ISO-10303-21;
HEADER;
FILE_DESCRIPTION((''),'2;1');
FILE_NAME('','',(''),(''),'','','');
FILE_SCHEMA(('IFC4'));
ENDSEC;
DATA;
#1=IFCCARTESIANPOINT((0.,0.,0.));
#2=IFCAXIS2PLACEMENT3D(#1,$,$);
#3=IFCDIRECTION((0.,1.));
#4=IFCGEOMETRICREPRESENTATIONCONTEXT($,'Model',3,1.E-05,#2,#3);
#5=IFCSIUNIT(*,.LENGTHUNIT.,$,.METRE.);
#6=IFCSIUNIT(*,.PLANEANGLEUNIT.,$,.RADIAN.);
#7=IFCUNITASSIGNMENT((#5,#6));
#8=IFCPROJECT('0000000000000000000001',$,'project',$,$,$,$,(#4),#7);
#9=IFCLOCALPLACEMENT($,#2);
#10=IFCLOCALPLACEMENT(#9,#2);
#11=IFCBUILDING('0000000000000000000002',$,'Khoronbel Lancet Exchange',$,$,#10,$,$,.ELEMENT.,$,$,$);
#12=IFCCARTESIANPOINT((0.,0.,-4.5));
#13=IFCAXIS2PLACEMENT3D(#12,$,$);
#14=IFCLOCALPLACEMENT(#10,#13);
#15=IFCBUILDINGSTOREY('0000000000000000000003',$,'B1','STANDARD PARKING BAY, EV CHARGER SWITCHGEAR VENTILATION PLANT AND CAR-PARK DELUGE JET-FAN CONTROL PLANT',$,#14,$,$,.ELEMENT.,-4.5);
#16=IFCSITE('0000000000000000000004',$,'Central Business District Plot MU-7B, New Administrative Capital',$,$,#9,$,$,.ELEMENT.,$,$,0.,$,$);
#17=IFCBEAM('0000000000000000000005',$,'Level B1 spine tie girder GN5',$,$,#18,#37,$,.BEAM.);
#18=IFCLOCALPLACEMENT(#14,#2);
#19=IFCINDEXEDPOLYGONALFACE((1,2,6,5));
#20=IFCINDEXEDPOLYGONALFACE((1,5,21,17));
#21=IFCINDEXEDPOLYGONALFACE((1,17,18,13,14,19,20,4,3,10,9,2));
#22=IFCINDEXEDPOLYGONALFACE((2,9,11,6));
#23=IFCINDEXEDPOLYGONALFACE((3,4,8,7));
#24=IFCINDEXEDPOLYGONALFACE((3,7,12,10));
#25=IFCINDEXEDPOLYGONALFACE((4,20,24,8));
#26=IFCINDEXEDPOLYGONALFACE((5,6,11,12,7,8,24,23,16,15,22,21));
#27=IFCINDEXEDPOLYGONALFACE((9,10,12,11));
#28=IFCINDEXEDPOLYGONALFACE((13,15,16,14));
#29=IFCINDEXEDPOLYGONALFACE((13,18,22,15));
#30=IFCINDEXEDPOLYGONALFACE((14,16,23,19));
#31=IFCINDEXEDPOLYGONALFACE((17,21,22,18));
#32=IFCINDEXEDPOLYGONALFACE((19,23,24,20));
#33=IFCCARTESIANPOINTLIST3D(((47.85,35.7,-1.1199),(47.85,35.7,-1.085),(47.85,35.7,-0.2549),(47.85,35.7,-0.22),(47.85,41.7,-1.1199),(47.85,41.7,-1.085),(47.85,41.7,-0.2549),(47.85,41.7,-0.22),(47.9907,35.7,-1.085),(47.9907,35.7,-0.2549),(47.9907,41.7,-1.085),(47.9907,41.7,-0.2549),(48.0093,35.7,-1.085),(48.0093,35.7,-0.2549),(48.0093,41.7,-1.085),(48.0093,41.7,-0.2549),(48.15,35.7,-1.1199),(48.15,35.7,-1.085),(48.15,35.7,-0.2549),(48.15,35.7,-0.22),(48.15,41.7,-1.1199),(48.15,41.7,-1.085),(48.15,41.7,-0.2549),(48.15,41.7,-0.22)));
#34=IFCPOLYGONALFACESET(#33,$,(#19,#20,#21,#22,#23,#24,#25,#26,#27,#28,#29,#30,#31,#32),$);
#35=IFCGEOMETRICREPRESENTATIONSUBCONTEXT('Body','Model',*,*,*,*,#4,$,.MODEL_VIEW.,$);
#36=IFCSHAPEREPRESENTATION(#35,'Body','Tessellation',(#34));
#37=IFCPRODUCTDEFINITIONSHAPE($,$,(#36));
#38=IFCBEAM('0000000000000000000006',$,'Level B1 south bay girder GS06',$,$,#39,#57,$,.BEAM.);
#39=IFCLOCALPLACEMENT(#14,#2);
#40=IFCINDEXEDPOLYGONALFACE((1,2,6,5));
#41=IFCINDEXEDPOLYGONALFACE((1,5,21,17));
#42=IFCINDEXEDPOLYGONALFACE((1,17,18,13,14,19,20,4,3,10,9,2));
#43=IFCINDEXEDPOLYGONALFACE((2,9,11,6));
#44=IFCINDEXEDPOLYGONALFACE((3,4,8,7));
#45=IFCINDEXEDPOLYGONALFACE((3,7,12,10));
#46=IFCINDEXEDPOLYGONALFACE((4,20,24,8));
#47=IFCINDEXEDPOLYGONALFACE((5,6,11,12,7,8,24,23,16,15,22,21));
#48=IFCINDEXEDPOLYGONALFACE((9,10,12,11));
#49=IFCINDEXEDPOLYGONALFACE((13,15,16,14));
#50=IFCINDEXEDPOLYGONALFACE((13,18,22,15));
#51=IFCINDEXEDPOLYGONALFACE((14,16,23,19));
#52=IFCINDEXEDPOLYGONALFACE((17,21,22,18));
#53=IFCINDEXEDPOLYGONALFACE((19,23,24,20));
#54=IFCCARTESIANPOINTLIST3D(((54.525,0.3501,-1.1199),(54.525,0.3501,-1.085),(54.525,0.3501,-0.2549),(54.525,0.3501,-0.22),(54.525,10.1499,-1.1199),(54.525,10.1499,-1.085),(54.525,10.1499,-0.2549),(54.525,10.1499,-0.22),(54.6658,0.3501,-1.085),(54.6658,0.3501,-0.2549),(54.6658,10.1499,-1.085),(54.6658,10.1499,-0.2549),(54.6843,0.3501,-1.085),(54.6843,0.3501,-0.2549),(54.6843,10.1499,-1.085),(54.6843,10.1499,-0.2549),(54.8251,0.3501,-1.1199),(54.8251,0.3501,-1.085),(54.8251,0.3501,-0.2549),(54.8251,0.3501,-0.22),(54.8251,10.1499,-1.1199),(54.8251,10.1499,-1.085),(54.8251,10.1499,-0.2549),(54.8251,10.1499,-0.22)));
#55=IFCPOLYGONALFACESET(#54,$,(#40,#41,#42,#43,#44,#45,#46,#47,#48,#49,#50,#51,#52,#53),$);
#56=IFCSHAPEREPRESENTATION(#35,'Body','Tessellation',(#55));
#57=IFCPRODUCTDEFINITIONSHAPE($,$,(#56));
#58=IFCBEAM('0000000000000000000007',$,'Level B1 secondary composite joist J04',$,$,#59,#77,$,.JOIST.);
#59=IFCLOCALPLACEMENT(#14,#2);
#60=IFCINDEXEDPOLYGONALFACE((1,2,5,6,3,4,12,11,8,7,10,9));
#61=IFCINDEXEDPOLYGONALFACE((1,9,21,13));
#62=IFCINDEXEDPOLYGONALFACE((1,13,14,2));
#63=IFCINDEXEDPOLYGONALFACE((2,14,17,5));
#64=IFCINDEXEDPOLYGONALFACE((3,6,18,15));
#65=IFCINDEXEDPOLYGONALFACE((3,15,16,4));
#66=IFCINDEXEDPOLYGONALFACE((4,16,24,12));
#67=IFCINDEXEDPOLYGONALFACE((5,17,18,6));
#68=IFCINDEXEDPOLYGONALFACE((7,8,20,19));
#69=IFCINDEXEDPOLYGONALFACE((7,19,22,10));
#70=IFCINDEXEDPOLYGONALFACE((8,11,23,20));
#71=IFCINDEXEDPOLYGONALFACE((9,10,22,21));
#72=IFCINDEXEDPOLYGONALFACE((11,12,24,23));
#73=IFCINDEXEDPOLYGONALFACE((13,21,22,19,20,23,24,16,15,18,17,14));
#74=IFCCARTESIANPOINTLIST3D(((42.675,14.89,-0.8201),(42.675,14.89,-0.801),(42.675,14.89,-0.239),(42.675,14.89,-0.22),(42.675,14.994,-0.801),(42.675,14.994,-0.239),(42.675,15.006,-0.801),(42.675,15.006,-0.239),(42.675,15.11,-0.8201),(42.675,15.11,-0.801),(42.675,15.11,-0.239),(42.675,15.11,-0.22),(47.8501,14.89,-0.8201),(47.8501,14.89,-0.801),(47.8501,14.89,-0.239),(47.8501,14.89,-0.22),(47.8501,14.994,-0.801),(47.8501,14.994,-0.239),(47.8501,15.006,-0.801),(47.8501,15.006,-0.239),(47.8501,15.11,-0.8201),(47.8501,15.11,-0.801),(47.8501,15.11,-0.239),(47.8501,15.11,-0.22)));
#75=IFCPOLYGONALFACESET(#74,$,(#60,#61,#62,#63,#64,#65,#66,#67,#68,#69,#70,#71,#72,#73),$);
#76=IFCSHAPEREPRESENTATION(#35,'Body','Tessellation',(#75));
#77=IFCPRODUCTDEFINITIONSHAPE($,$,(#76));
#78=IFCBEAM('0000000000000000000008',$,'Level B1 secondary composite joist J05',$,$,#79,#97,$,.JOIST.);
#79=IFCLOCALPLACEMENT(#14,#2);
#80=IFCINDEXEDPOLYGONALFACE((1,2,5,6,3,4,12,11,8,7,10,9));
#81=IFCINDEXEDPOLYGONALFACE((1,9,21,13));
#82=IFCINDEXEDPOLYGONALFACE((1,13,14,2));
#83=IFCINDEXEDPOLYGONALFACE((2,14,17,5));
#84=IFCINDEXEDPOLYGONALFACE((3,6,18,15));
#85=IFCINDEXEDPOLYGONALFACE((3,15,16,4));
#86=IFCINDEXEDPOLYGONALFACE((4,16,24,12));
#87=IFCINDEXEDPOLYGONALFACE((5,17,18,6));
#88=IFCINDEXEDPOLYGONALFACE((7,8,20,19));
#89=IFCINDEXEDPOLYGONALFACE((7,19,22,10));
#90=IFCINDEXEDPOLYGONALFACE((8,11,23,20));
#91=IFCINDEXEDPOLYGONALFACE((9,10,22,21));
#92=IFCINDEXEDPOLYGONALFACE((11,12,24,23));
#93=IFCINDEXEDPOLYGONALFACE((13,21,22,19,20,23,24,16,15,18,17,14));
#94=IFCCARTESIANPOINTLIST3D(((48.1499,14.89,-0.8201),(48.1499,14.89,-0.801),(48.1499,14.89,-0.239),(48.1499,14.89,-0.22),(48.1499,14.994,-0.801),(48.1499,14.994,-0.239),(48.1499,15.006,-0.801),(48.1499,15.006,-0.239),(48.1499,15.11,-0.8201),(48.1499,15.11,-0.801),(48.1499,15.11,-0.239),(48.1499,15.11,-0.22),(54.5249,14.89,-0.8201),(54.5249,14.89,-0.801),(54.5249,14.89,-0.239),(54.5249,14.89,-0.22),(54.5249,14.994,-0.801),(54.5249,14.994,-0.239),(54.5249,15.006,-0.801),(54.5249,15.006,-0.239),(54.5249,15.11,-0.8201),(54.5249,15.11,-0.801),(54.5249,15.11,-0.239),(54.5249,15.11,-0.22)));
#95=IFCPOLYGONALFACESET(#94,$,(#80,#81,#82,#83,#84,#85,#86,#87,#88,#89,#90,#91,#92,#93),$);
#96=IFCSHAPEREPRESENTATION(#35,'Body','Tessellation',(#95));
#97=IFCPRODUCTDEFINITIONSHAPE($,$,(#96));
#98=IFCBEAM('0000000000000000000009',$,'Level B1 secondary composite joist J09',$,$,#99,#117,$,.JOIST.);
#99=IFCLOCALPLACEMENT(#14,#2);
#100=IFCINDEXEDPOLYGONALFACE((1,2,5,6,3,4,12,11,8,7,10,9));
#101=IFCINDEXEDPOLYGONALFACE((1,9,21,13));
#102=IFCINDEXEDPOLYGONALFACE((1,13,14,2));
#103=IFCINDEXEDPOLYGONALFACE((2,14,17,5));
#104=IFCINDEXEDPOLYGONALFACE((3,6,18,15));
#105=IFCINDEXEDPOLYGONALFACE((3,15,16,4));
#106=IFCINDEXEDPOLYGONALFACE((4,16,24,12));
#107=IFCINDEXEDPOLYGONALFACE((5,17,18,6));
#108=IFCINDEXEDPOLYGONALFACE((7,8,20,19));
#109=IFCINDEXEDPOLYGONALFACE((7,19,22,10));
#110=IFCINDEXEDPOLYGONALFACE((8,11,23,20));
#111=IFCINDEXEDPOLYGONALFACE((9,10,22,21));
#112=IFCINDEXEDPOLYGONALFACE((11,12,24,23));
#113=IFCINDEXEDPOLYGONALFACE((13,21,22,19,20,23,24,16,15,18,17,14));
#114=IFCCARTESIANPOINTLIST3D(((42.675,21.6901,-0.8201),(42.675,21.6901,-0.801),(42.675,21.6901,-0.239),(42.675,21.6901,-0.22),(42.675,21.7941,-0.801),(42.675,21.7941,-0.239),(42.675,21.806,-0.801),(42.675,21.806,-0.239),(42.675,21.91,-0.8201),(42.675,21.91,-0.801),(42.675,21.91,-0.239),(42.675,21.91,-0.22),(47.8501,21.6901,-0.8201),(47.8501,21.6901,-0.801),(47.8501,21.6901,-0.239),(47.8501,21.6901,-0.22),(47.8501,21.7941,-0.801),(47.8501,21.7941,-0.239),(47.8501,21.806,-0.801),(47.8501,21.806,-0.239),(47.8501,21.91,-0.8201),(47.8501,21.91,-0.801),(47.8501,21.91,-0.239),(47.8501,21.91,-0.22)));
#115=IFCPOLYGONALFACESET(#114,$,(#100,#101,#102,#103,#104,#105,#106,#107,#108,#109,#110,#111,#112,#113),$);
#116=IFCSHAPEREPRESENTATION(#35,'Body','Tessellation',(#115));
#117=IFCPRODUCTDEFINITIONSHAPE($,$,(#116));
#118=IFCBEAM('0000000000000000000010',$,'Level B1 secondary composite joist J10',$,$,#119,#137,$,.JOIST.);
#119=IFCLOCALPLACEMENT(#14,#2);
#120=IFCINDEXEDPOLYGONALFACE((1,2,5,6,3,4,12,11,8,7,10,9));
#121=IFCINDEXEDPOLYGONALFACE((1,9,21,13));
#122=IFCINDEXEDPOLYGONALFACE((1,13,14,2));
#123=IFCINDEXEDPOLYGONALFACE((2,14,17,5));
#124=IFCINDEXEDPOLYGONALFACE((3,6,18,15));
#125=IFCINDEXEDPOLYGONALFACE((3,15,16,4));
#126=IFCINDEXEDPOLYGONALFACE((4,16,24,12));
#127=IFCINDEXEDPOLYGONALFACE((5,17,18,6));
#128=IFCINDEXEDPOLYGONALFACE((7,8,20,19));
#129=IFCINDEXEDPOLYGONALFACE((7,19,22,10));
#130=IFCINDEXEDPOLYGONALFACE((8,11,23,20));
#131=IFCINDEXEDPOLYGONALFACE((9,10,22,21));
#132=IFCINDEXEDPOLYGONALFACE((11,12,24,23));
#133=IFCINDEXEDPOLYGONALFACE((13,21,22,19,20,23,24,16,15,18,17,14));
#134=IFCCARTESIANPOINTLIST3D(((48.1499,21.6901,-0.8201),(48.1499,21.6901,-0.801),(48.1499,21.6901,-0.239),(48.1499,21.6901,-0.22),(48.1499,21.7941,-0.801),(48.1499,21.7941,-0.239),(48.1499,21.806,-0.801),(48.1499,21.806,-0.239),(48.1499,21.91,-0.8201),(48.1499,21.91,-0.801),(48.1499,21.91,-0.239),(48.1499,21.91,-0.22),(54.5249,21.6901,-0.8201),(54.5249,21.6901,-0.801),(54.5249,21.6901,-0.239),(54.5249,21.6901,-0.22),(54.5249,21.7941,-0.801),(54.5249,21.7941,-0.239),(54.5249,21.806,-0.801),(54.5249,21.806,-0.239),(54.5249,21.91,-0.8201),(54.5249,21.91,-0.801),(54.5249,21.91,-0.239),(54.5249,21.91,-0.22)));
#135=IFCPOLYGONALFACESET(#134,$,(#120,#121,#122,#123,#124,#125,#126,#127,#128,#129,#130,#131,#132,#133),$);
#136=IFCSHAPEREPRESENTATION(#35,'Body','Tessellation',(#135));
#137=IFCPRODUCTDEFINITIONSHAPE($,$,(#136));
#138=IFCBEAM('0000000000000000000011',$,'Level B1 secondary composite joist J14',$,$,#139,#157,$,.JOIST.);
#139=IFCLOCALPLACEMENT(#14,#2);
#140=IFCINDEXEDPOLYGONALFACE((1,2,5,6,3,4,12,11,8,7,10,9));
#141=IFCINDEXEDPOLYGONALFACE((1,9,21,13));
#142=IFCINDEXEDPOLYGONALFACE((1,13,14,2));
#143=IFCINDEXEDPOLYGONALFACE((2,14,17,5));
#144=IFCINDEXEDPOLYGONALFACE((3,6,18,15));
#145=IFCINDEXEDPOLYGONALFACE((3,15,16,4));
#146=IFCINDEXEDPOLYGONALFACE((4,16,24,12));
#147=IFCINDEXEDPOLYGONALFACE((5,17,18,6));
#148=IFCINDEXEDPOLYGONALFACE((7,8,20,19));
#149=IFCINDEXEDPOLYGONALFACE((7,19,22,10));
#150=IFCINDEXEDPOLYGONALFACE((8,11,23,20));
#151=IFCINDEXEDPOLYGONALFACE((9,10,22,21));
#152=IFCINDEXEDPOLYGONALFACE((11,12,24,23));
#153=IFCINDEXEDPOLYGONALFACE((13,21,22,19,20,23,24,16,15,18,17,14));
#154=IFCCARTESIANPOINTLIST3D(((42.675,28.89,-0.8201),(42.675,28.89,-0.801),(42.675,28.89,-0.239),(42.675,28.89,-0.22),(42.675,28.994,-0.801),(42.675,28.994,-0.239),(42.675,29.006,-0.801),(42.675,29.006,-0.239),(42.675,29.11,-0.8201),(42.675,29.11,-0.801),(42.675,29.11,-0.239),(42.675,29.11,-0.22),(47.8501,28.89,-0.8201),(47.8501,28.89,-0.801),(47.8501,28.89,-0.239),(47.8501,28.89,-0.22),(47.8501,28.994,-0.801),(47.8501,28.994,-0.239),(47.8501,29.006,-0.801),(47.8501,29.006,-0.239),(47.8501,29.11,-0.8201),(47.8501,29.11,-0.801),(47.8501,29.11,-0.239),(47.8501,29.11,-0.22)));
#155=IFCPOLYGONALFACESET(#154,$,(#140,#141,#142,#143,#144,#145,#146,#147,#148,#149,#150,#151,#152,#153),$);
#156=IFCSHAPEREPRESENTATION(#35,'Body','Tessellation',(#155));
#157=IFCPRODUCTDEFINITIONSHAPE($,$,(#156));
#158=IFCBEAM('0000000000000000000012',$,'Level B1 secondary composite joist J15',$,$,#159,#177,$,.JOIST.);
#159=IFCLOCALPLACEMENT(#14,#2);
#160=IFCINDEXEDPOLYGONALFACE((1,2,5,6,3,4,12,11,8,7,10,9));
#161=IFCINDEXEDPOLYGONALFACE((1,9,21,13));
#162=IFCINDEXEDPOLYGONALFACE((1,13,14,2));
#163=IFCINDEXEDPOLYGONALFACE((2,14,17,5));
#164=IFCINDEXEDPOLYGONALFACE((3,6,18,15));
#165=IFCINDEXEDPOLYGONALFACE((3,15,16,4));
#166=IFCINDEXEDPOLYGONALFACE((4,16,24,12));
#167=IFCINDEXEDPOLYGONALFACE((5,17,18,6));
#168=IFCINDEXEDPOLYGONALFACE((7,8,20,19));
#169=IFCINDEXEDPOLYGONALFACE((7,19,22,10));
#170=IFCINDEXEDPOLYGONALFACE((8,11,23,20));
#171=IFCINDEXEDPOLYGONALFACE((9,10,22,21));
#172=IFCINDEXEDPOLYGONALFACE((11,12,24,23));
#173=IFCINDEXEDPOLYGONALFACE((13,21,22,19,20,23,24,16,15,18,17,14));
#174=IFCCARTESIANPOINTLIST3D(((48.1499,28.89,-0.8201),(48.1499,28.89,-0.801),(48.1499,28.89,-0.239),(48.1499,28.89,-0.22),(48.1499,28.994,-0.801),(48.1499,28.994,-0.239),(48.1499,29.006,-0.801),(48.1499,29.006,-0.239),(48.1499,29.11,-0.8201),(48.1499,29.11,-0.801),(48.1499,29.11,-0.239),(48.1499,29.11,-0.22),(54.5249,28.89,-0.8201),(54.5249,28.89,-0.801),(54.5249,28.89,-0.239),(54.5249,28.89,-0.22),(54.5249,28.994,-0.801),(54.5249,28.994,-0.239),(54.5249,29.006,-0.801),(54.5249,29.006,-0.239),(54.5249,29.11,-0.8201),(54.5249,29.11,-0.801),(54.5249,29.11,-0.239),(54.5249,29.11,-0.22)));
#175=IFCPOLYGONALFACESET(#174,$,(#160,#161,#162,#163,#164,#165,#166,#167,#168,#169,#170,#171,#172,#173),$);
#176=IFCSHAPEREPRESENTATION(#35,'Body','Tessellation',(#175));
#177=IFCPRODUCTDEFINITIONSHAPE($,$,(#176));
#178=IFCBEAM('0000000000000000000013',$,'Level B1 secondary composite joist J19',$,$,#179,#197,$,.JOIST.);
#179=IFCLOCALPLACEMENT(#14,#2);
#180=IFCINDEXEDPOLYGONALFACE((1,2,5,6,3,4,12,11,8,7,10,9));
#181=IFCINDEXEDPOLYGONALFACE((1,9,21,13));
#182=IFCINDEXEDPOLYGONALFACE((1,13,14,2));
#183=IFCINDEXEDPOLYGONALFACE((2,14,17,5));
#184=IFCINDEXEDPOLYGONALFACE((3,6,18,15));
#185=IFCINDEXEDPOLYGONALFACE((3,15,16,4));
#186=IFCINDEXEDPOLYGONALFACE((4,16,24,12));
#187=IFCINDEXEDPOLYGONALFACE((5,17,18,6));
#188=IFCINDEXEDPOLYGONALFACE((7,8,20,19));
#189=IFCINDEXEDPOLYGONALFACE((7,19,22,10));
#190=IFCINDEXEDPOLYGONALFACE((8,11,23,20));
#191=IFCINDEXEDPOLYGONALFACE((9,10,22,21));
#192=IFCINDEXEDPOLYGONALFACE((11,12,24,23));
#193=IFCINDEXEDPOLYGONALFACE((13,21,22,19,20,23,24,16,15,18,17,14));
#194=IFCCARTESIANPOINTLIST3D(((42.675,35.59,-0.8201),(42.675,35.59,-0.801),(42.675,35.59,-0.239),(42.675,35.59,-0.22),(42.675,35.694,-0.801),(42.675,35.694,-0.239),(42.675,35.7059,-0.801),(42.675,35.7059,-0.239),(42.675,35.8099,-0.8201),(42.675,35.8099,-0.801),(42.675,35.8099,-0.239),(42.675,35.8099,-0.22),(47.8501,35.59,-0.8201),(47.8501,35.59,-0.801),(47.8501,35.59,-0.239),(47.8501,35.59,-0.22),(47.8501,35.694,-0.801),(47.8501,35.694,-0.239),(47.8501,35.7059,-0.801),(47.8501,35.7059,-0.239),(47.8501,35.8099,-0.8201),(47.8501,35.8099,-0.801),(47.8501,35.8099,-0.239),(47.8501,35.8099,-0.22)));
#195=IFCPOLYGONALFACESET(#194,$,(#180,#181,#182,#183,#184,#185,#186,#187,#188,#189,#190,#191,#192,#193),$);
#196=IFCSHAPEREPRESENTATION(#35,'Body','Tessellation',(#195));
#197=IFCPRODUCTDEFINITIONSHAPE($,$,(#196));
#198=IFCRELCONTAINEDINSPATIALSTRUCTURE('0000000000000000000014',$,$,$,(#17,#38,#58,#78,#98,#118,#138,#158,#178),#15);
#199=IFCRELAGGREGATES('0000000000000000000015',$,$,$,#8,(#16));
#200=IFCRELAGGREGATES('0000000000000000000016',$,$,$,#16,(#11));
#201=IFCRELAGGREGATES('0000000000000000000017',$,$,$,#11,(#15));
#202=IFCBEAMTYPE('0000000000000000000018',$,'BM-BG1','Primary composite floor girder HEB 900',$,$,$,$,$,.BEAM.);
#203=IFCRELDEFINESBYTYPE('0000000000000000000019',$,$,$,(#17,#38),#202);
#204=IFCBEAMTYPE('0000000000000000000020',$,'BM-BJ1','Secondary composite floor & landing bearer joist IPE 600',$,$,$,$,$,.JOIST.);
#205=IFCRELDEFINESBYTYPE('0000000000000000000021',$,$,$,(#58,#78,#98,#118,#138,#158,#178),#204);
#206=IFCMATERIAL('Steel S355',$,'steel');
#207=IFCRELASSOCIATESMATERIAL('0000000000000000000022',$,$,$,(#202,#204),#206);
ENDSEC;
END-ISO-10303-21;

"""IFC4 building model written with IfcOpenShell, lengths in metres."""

from ifc_helpers import new_model, si_unit, direction, frame, origin, origin_2d, place, context, subcontext, project, spatial, i_section, extrude, material, material_profile, profile_set, type_object, element, save


model = new_model("IFC4")

# Units and contexts
model_context = context("Model", 3, precision=1e-05, world=origin(), true_north=direction((0.0, 1.0)))
body_context = subcontext(model_context, "Body", "Model", "MODEL_VIEW")
ifc_project = project(units=[si_unit("LENGTHUNIT", "METRE"), si_unit("PLANEANGLEUNIT", "RADIAN")], contexts=[model_context])

# Site, building, storey
site_placement = place(None, origin())
site = spatial("IfcSite", under=ifc_project, at=site_placement, Name="Central Business District Plot MU-7B, New Administrative Capital", CompositionType="ELEMENT", RefElevation=0.0)
building_placement = place(site_placement, origin())
building = spatial("IfcBuilding", under=site, at=building_placement, Name="Khoronbel Lancet Exchange", CompositionType="ELEMENT")
storey_placement = place(building_placement, frame((0.0, 0.0, -4.5)))
storey = spatial("IfcBuildingStorey", under=building, at=storey_placement, Name="B1", Description="STANDARD PARKING BAY, EV CHARGER SWITCHGEAR VENTILATION PLANT AND CAR-PARK DELUGE JET-FAN CONTROL PLANT", CompositionType="ELEMENT", Elevation=-4.5)

# Beams
ifc_material_1 = material(Name="Steel S355", Category="steel")
ifc_material_profile_1 = material_profile(ifc_material_1, i_section(OverallWidth=0.3, OverallDepth=0.8999, WebThickness=0.0186, FlangeThickness=0.0349, at=origin_2d()), Name="HEB 900")
ifc_profile_set_1 = profile_set([ifc_material_profile_1], Name="Steel S355")
beam_type_1 = type_object("IfcBeamType", Name="BM-BG1", Description="Primary composite floor girder HEB 900", PredefinedType="BEAM", material=ifc_profile_set_1)
beam_1_placement = place(storey_placement, frame((48.0, 35.7, -0.6699), z_axis=(0.0, 1.0, 0.0), x_axis=(-1.0, 0.0, 0.0)))
element("IfcBeam", 1, at=beam_1_placement, inside=storey, type_object=beam_type_1, Name="Level B1 spine tie girder GN5", PredefinedType="BEAM", context=body_context, shape_type="SweptSolid", body=[
    extrude(i_section(OverallWidth=0.3, OverallDepth=0.8999, WebThickness=0.0186, FlangeThickness=0.0349, at=origin_2d()), origin(), (0.0, 0.0, 1.0), 6.0),
])
beam_2_placement = place(storey_placement, frame((54.675, 0.3501, -0.6699), z_axis=(0.0, 1.0, 0.0), x_axis=(-1.0, 0.0, 0.0)))
element("IfcBeam", 2, at=beam_2_placement, inside=storey, type_object=beam_type_1, Name="Level B1 south bay girder GS06", PredefinedType="BEAM", context=body_context, shape_type="SweptSolid", body=[
    extrude(i_section(OverallWidth=0.3, OverallDepth=0.8999, WebThickness=0.0186, FlangeThickness=0.0349, at=origin_2d()), origin(), (0.0, 0.0, 1.0), 9.7998),
])
ifc_material_profile_2 = material_profile(ifc_material_1, i_section(OverallWidth=0.22, OverallDepth=0.6001, WebThickness=0.012, FlangeThickness=0.019, at=origin_2d()), Name="IPE 600")
ifc_profile_set_2 = profile_set([ifc_material_profile_2], Name="Steel S355")
beam_type_2 = type_object("IfcBeamType", Name="BM-BJ1", Description="Secondary composite floor & landing bearer joist IPE 600", PredefinedType="JOIST", material=ifc_profile_set_2)
beam_3_placement = place(storey_placement, frame((42.675, 15.0, -0.52), z_axis=(1.0, 0.0, 0.0), x_axis=(0.0, 1.0, 0.0)))
element("IfcBeam", 3, at=beam_3_placement, inside=storey, type_object=beam_type_2, Name="Level B1 secondary composite joist J04", PredefinedType="JOIST", context=body_context, shape_type="SweptSolid", body=[
    extrude(i_section(OverallWidth=0.22, OverallDepth=0.6001, WebThickness=0.012, FlangeThickness=0.019, at=origin_2d()), origin(), (0.0, 0.0, 1.0), 5.175),
])
beam_4_placement = place(storey_placement, frame((48.1499, 15.0, -0.52), z_axis=(1.0, 0.0, 0.0), x_axis=(0.0, 1.0, 0.0)))
element("IfcBeam", 4, at=beam_4_placement, inside=storey, type_object=beam_type_2, Name="Level B1 secondary composite joist J05", PredefinedType="JOIST", context=body_context, shape_type="SweptSolid", body=[
    extrude(i_section(OverallWidth=0.22, OverallDepth=0.6001, WebThickness=0.012, FlangeThickness=0.019, at=origin_2d()), origin(), (0.0, 0.0, 1.0), 6.375),
])
beam_5_placement = place(storey_placement, frame((42.675, 21.8, -0.52), z_axis=(1.0, 0.0, 0.0), x_axis=(0.0, 1.0, 0.0)))
element("IfcBeam", 5, at=beam_5_placement, inside=storey, type_object=beam_type_2, Name="Level B1 secondary composite joist J09", PredefinedType="JOIST", context=body_context, shape_type="SweptSolid", body=[
    extrude(i_section(OverallWidth=0.22, OverallDepth=0.6001, WebThickness=0.012, FlangeThickness=0.019, at=origin_2d()), origin(), (0.0, 0.0, 1.0), 5.175),
])
beam_6_placement = place(storey_placement, frame((48.1499, 21.8, -0.52), z_axis=(1.0, 0.0, 0.0), x_axis=(0.0, 1.0, 0.0)))
element("IfcBeam", 6, at=beam_6_placement, inside=storey, type_object=beam_type_2, Name="Level B1 secondary composite joist J10", PredefinedType="JOIST", context=body_context, shape_type="SweptSolid", body=[
    extrude(i_section(OverallWidth=0.22, OverallDepth=0.6001, WebThickness=0.012, FlangeThickness=0.019, at=origin_2d()), origin(), (0.0, 0.0, 1.0), 6.375),
])
beam_7_placement = place(storey_placement, frame((42.675, 29.0, -0.52), z_axis=(1.0, 0.0, 0.0), x_axis=(0.0, 1.0, 0.0)))
element("IfcBeam", 7, at=beam_7_placement, inside=storey, type_object=beam_type_2, Name="Level B1 secondary composite joist J14", PredefinedType="JOIST", context=body_context, shape_type="SweptSolid", body=[
    extrude(i_section(OverallWidth=0.22, OverallDepth=0.6001, WebThickness=0.012, FlangeThickness=0.019, at=origin_2d()), origin(), (0.0, 0.0, 1.0), 5.175),
])
beam_8_placement = place(storey_placement, frame((48.1499, 29.0, -0.52), z_axis=(1.0, 0.0, 0.0), x_axis=(0.0, 1.0, 0.0)))
element("IfcBeam", 8, at=beam_8_placement, inside=storey, type_object=beam_type_2, Name="Level B1 secondary composite joist J15", PredefinedType="JOIST", context=body_context, shape_type="SweptSolid", body=[
    extrude(i_section(OverallWidth=0.22, OverallDepth=0.6001, WebThickness=0.012, FlangeThickness=0.019, at=origin_2d()), origin(), (0.0, 0.0, 1.0), 6.375),
])
beam_9_placement = place(storey_placement, frame((42.675, 35.7, -0.52), z_axis=(1.0, 0.0, 0.0), x_axis=(0.0, 1.0, 0.0)))
element("IfcBeam", 9, at=beam_9_placement, inside=storey, type_object=beam_type_2, Name="Level B1 secondary composite joist J19", PredefinedType="JOIST", context=body_context, shape_type="SweptSolid", body=[
    extrude(i_section(OverallWidth=0.22, OverallDepth=0.6001, WebThickness=0.012, FlangeThickness=0.019, at=origin_2d()), origin(), (0.0, 0.0, 1.0), 5.175),
])

save(model, "model.ifc")
